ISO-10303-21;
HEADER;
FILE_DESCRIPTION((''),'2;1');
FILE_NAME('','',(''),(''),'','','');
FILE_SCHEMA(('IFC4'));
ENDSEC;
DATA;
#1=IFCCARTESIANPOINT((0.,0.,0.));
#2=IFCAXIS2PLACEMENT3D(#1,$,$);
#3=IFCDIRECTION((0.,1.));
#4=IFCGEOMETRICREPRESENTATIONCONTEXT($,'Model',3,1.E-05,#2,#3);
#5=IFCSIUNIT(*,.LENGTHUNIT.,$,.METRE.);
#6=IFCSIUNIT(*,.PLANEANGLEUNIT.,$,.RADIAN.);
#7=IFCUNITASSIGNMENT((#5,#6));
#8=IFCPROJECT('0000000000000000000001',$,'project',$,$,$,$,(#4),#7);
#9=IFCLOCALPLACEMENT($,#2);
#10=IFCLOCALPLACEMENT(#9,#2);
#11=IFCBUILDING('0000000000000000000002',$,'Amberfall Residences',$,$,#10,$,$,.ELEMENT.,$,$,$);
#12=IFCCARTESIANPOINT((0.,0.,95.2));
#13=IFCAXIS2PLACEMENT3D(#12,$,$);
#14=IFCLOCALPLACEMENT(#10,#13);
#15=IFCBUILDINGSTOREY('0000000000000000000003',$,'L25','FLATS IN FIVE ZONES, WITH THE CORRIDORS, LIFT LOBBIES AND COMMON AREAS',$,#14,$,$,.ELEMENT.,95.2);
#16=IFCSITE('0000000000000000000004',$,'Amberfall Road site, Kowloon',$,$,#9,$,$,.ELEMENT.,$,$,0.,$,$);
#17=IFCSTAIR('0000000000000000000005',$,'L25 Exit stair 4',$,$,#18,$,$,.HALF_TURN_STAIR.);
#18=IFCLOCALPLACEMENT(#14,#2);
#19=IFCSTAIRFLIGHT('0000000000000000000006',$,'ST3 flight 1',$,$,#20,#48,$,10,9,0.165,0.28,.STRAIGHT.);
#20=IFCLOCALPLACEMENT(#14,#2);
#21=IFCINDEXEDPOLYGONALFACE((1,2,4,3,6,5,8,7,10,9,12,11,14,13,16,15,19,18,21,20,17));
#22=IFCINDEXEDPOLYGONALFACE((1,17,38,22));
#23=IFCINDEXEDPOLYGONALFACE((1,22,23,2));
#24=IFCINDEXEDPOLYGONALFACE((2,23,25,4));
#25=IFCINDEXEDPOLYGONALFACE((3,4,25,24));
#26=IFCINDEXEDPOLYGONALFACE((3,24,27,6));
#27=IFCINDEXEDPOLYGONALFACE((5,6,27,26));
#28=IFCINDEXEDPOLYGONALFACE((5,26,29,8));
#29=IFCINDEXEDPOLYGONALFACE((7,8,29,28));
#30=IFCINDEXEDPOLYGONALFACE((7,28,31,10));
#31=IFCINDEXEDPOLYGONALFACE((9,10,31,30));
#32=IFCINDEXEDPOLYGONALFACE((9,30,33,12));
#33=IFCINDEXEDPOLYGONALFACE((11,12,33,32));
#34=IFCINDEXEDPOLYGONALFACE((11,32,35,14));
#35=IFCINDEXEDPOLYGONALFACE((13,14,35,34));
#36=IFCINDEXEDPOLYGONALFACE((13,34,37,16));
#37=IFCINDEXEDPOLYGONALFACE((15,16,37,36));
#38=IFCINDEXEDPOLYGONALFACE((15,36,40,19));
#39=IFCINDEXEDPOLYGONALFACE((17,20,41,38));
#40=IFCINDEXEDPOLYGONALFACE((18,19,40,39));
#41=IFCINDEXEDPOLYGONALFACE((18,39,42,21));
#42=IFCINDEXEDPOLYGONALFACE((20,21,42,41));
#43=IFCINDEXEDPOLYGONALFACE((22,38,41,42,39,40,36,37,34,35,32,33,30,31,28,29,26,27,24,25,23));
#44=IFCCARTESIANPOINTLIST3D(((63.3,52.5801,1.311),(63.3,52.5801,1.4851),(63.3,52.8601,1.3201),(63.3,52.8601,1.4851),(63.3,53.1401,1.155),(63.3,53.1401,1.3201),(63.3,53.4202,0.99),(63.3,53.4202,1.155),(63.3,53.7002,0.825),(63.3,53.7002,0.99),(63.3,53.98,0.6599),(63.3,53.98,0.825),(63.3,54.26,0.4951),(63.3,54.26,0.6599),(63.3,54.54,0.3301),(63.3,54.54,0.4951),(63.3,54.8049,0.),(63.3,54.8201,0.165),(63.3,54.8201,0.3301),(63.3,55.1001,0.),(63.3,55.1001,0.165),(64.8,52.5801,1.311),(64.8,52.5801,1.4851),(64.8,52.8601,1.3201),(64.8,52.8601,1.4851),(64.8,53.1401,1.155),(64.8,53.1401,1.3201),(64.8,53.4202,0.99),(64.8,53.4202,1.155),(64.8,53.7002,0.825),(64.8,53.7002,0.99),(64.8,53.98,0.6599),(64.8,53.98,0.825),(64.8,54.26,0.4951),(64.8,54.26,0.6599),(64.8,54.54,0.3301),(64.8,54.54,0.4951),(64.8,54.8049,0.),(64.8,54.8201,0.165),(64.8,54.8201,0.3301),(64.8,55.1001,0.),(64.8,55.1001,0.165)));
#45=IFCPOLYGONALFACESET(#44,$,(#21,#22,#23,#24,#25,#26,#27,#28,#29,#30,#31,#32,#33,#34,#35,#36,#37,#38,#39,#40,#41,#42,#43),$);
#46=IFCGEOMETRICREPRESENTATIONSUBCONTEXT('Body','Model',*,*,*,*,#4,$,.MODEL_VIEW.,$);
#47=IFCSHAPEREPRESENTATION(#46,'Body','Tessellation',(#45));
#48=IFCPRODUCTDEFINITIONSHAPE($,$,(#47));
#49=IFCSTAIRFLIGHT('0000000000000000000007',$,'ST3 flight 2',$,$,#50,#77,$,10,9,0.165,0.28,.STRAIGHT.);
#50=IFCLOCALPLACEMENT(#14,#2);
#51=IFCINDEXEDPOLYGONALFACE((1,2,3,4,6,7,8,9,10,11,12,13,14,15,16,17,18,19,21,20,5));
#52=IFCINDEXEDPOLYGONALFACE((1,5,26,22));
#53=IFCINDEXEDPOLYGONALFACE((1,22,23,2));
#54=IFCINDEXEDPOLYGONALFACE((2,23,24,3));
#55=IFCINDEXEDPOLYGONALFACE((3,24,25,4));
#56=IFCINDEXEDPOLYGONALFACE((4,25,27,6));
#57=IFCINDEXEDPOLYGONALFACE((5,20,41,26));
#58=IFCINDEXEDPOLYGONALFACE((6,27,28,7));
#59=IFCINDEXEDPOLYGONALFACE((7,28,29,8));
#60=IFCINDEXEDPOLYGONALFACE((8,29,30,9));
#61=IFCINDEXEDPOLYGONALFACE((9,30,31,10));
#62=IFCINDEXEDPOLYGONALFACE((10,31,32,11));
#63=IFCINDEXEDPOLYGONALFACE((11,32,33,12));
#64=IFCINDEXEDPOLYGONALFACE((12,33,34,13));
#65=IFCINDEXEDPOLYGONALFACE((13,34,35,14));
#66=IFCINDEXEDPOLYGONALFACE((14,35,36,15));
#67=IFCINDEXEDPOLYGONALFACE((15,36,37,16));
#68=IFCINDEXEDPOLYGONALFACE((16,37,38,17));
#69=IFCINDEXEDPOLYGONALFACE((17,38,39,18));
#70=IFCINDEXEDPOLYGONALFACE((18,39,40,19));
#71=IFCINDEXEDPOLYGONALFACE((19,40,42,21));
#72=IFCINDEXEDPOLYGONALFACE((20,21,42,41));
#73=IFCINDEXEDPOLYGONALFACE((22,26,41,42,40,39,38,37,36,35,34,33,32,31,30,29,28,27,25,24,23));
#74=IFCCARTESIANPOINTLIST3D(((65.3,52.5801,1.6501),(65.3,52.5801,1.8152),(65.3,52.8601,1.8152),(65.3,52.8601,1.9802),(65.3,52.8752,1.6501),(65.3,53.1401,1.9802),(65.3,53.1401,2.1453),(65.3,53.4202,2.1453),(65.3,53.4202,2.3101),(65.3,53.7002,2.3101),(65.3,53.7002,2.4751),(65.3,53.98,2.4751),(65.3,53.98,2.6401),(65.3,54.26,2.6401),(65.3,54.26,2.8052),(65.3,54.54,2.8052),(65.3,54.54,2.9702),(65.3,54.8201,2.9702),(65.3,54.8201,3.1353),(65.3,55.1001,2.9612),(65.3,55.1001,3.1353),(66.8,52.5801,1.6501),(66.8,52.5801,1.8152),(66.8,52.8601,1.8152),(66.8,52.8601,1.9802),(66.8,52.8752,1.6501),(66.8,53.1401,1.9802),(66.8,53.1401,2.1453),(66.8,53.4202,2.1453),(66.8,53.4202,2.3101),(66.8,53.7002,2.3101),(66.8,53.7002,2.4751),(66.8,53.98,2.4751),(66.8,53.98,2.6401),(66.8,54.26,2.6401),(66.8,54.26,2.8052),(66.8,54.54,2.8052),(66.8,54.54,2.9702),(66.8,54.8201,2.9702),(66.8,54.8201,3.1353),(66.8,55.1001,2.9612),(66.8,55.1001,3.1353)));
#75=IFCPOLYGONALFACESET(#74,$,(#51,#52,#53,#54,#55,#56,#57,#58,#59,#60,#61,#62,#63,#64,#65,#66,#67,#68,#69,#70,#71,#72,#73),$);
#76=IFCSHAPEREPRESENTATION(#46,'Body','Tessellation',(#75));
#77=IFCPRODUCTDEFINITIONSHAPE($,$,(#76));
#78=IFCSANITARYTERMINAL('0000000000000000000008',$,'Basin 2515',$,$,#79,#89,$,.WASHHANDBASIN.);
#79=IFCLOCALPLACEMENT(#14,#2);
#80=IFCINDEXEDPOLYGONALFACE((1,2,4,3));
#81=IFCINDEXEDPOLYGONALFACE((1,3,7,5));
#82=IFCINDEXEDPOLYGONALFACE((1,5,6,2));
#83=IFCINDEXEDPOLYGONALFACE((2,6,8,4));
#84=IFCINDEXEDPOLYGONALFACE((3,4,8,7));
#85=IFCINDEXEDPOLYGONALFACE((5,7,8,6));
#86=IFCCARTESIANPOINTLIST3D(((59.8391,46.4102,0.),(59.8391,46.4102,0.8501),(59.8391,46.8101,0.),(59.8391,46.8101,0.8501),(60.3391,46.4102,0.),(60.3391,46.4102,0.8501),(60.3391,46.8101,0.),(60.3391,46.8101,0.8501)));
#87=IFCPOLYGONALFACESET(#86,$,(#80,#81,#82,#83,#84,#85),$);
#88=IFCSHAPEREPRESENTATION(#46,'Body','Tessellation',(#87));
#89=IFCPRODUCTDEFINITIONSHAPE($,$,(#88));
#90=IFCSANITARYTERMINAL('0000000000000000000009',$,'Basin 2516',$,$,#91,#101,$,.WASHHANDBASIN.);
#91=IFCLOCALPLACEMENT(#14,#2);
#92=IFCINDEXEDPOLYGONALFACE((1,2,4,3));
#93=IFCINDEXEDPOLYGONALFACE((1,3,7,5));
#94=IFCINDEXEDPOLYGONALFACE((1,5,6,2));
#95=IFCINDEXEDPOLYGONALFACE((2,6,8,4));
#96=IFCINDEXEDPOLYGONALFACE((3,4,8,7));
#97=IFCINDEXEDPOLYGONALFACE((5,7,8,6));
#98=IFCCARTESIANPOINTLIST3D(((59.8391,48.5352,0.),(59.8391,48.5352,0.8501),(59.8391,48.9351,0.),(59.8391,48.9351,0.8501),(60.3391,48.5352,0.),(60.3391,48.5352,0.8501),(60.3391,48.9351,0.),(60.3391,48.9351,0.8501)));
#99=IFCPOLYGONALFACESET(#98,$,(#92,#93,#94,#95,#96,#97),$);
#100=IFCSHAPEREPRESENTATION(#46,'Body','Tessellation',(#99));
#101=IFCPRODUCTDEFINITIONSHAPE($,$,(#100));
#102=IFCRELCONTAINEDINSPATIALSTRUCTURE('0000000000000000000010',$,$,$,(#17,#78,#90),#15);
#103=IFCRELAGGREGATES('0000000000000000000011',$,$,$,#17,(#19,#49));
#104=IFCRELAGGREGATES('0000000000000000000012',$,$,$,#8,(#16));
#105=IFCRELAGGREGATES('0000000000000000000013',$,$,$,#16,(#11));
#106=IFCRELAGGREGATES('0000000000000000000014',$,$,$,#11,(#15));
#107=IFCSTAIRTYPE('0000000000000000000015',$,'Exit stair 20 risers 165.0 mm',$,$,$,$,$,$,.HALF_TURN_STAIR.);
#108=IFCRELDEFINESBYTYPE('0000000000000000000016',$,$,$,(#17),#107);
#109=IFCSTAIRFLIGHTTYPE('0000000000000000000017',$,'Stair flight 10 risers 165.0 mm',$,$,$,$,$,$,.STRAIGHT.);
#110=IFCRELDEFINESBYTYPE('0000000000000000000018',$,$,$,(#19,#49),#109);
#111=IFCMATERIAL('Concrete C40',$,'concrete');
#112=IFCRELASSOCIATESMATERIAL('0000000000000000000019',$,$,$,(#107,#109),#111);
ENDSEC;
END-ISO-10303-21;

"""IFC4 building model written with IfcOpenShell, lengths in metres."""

from ifc_helpers import new_model, si_unit, direction, frame, origin, origin_2d, place, context, subcontext, project, spatial, polyline, rectangle, outline, extrude, material, type_object, element, aggregate, save


model = new_model("IFC4")

# Units and contexts
model_context = context("Model", 3, precision=1e-05, world=origin(), true_north=direction((0.0, 1.0)))
body_context = subcontext(model_context, "Body", "Model", "MODEL_VIEW")
ifc_project = project(units=[si_unit("LENGTHUNIT", "METRE"), si_unit("PLANEANGLEUNIT", "RADIAN")], contexts=[model_context])

# Site, building, storey
site_placement = place(None, origin())
site = spatial("IfcSite", under=ifc_project, at=site_placement, Name="Amberfall Road site, Kowloon", CompositionType="ELEMENT", RefElevation=0.0)
building_placement = place(site_placement, origin())
building = spatial("IfcBuilding", under=site, at=building_placement, Name="Amberfall Residences", CompositionType="ELEMENT")
storey_placement = place(building_placement, frame((0.0, 0.0, 95.2)))
storey = spatial("IfcBuildingStorey", under=building, at=storey_placement, Name="L25", Description="FLATS IN FIVE ZONES, WITH THE CORRIDORS, LIFT LOBBIES AND COMMON AREAS", CompositionType="ELEMENT", Elevation=95.2)

# Stair, stair flights
ifc_material_1 = material(Name="Concrete C40", Category="concrete")
stair_type = type_object("IfcStairType", Name="Exit stair 20 risers 165.0 mm", PredefinedType="HALF_TURN_STAIR", material=ifc_material_1)
stair_placement = place(storey_placement, origin())
stair = element("IfcStair", 1, at=stair_placement, inside=storey, type_object=stair_type, Name="L25 Exit stair 4", PredefinedType="HALF_TURN_STAIR")
stair_flight_type = type_object("IfcStairFlightType", Name="Stair flight 10 risers 165.0 mm", PredefinedType="STRAIGHT", material=ifc_material_1)
stair_flight_1_placement = place(storey_placement, frame((64.05, 55.1001, 0.0), z_axis=(0.0, 0.0, 1.0), x_axis=(0.0, -1.0, 0.0)))
stair_flight_1 = element("IfcStairFlight", 2, at=stair_flight_1_placement, type_object=stair_flight_type, Name="ST3 flight 1", NumberOfRisers=10, NumberOfTreads=9, PredefinedType="STRAIGHT", RiserHeight=0.165, TreadLength=0.28, context=body_context, shape_type="SweptSolid", body=[
    extrude(outline(polyline([(0.0, 0.0), (0.0, 0.165), (0.28, 0.165), (0.28, 0.3301), (0.5601, 0.3301), (0.5601, 0.4951), (0.8401, 0.4951), (0.8401, 0.6599), (1.1201, 0.6599), (1.1201, 0.825), (1.3999, 0.825), (1.3999, 0.99), (1.6799, 0.99), (1.6799, 1.155), (1.96, 1.155), (1.96, 1.3201), (2.24, 1.3201), (2.24, 1.4851), (2.52, 1.4851), (2.52, 1.6499), (2.52, 1.311), (0.2952, 0.0), (0.0, 0.0)])), frame((0.0, 0.75, 0.0), z_axis=(0.0, -1.0, 0.0), x_axis=(1.0, 0.0, 0.0)), (0.0, 0.0, 1.0), 1.5),
])
stair_flight_2_placement = place(storey_placement, frame((66.05, 52.5801, 1.6501), z_axis=(0.0, 0.0, 1.0), x_axis=(0.0, 1.0, 0.0)))
stair_flight_2 = element("IfcStairFlight", 3, at=stair_flight_2_placement, type_object=stair_flight_type, Name="ST3 flight 2", NumberOfRisers=10, NumberOfTreads=9, PredefinedType="STRAIGHT", RiserHeight=0.165, TreadLength=0.28, context=body_context, shape_type="SweptSolid", body=[
    extrude(outline(polyline([(0.0, 0.0), (0.0, 0.165), (0.28, 0.165), (0.28, 0.3301), (0.5601, 0.3301), (0.5601, 0.4951), (0.8401, 0.4951), (0.8401, 0.6599), (1.1201, 0.6599), (1.1201, 0.825), (1.3999, 0.825), (1.3999, 0.99), (1.6799, 0.99), (1.6799, 1.155), (1.96, 1.155), (1.96, 1.3201), (2.24, 1.3201), (2.24, 1.4851), (2.52, 1.4851), (2.52, 1.6499), (2.52, 1.311), (0.2952, 0.0), (0.0, 0.0)])), frame((0.0, 0.75, 0.0), z_axis=(0.0, -1.0, 0.0), x_axis=(1.0, 0.0, 0.0)), (0.0, 0.0, 1.0), 1.5),
])
aggregate(stair, [stair_flight_1, stair_flight_2])

# Sanitary terminals
for number, where, z_axis, x_axis, name in (
    (4, (60.0891, 46.6101, 0.0), (0.0, 0.0, 1.0), (1.0, 0.0, 0.0), "Basin 2515"),
    (5, (60.0891, 48.7351, 0.0), (0.0, 0.0, 1.0), (1.0, 0.0, 0.0), "Basin 2516"),
):
    element("IfcSanitaryTerminal", number, at=place(storey_placement, frame(where, z_axis=z_axis, x_axis=x_axis)), inside=storey, Name=name, PredefinedType="WASHHANDBASIN", context=body_context, shape_type="SweptSolid", body=[
        extrude(rectangle(XDim=0.5, YDim=0.3999, at=origin_2d()), origin(), (0.0, 0.0, 1.0), 0.8501),
    ])

save(model, "model.ifc")
